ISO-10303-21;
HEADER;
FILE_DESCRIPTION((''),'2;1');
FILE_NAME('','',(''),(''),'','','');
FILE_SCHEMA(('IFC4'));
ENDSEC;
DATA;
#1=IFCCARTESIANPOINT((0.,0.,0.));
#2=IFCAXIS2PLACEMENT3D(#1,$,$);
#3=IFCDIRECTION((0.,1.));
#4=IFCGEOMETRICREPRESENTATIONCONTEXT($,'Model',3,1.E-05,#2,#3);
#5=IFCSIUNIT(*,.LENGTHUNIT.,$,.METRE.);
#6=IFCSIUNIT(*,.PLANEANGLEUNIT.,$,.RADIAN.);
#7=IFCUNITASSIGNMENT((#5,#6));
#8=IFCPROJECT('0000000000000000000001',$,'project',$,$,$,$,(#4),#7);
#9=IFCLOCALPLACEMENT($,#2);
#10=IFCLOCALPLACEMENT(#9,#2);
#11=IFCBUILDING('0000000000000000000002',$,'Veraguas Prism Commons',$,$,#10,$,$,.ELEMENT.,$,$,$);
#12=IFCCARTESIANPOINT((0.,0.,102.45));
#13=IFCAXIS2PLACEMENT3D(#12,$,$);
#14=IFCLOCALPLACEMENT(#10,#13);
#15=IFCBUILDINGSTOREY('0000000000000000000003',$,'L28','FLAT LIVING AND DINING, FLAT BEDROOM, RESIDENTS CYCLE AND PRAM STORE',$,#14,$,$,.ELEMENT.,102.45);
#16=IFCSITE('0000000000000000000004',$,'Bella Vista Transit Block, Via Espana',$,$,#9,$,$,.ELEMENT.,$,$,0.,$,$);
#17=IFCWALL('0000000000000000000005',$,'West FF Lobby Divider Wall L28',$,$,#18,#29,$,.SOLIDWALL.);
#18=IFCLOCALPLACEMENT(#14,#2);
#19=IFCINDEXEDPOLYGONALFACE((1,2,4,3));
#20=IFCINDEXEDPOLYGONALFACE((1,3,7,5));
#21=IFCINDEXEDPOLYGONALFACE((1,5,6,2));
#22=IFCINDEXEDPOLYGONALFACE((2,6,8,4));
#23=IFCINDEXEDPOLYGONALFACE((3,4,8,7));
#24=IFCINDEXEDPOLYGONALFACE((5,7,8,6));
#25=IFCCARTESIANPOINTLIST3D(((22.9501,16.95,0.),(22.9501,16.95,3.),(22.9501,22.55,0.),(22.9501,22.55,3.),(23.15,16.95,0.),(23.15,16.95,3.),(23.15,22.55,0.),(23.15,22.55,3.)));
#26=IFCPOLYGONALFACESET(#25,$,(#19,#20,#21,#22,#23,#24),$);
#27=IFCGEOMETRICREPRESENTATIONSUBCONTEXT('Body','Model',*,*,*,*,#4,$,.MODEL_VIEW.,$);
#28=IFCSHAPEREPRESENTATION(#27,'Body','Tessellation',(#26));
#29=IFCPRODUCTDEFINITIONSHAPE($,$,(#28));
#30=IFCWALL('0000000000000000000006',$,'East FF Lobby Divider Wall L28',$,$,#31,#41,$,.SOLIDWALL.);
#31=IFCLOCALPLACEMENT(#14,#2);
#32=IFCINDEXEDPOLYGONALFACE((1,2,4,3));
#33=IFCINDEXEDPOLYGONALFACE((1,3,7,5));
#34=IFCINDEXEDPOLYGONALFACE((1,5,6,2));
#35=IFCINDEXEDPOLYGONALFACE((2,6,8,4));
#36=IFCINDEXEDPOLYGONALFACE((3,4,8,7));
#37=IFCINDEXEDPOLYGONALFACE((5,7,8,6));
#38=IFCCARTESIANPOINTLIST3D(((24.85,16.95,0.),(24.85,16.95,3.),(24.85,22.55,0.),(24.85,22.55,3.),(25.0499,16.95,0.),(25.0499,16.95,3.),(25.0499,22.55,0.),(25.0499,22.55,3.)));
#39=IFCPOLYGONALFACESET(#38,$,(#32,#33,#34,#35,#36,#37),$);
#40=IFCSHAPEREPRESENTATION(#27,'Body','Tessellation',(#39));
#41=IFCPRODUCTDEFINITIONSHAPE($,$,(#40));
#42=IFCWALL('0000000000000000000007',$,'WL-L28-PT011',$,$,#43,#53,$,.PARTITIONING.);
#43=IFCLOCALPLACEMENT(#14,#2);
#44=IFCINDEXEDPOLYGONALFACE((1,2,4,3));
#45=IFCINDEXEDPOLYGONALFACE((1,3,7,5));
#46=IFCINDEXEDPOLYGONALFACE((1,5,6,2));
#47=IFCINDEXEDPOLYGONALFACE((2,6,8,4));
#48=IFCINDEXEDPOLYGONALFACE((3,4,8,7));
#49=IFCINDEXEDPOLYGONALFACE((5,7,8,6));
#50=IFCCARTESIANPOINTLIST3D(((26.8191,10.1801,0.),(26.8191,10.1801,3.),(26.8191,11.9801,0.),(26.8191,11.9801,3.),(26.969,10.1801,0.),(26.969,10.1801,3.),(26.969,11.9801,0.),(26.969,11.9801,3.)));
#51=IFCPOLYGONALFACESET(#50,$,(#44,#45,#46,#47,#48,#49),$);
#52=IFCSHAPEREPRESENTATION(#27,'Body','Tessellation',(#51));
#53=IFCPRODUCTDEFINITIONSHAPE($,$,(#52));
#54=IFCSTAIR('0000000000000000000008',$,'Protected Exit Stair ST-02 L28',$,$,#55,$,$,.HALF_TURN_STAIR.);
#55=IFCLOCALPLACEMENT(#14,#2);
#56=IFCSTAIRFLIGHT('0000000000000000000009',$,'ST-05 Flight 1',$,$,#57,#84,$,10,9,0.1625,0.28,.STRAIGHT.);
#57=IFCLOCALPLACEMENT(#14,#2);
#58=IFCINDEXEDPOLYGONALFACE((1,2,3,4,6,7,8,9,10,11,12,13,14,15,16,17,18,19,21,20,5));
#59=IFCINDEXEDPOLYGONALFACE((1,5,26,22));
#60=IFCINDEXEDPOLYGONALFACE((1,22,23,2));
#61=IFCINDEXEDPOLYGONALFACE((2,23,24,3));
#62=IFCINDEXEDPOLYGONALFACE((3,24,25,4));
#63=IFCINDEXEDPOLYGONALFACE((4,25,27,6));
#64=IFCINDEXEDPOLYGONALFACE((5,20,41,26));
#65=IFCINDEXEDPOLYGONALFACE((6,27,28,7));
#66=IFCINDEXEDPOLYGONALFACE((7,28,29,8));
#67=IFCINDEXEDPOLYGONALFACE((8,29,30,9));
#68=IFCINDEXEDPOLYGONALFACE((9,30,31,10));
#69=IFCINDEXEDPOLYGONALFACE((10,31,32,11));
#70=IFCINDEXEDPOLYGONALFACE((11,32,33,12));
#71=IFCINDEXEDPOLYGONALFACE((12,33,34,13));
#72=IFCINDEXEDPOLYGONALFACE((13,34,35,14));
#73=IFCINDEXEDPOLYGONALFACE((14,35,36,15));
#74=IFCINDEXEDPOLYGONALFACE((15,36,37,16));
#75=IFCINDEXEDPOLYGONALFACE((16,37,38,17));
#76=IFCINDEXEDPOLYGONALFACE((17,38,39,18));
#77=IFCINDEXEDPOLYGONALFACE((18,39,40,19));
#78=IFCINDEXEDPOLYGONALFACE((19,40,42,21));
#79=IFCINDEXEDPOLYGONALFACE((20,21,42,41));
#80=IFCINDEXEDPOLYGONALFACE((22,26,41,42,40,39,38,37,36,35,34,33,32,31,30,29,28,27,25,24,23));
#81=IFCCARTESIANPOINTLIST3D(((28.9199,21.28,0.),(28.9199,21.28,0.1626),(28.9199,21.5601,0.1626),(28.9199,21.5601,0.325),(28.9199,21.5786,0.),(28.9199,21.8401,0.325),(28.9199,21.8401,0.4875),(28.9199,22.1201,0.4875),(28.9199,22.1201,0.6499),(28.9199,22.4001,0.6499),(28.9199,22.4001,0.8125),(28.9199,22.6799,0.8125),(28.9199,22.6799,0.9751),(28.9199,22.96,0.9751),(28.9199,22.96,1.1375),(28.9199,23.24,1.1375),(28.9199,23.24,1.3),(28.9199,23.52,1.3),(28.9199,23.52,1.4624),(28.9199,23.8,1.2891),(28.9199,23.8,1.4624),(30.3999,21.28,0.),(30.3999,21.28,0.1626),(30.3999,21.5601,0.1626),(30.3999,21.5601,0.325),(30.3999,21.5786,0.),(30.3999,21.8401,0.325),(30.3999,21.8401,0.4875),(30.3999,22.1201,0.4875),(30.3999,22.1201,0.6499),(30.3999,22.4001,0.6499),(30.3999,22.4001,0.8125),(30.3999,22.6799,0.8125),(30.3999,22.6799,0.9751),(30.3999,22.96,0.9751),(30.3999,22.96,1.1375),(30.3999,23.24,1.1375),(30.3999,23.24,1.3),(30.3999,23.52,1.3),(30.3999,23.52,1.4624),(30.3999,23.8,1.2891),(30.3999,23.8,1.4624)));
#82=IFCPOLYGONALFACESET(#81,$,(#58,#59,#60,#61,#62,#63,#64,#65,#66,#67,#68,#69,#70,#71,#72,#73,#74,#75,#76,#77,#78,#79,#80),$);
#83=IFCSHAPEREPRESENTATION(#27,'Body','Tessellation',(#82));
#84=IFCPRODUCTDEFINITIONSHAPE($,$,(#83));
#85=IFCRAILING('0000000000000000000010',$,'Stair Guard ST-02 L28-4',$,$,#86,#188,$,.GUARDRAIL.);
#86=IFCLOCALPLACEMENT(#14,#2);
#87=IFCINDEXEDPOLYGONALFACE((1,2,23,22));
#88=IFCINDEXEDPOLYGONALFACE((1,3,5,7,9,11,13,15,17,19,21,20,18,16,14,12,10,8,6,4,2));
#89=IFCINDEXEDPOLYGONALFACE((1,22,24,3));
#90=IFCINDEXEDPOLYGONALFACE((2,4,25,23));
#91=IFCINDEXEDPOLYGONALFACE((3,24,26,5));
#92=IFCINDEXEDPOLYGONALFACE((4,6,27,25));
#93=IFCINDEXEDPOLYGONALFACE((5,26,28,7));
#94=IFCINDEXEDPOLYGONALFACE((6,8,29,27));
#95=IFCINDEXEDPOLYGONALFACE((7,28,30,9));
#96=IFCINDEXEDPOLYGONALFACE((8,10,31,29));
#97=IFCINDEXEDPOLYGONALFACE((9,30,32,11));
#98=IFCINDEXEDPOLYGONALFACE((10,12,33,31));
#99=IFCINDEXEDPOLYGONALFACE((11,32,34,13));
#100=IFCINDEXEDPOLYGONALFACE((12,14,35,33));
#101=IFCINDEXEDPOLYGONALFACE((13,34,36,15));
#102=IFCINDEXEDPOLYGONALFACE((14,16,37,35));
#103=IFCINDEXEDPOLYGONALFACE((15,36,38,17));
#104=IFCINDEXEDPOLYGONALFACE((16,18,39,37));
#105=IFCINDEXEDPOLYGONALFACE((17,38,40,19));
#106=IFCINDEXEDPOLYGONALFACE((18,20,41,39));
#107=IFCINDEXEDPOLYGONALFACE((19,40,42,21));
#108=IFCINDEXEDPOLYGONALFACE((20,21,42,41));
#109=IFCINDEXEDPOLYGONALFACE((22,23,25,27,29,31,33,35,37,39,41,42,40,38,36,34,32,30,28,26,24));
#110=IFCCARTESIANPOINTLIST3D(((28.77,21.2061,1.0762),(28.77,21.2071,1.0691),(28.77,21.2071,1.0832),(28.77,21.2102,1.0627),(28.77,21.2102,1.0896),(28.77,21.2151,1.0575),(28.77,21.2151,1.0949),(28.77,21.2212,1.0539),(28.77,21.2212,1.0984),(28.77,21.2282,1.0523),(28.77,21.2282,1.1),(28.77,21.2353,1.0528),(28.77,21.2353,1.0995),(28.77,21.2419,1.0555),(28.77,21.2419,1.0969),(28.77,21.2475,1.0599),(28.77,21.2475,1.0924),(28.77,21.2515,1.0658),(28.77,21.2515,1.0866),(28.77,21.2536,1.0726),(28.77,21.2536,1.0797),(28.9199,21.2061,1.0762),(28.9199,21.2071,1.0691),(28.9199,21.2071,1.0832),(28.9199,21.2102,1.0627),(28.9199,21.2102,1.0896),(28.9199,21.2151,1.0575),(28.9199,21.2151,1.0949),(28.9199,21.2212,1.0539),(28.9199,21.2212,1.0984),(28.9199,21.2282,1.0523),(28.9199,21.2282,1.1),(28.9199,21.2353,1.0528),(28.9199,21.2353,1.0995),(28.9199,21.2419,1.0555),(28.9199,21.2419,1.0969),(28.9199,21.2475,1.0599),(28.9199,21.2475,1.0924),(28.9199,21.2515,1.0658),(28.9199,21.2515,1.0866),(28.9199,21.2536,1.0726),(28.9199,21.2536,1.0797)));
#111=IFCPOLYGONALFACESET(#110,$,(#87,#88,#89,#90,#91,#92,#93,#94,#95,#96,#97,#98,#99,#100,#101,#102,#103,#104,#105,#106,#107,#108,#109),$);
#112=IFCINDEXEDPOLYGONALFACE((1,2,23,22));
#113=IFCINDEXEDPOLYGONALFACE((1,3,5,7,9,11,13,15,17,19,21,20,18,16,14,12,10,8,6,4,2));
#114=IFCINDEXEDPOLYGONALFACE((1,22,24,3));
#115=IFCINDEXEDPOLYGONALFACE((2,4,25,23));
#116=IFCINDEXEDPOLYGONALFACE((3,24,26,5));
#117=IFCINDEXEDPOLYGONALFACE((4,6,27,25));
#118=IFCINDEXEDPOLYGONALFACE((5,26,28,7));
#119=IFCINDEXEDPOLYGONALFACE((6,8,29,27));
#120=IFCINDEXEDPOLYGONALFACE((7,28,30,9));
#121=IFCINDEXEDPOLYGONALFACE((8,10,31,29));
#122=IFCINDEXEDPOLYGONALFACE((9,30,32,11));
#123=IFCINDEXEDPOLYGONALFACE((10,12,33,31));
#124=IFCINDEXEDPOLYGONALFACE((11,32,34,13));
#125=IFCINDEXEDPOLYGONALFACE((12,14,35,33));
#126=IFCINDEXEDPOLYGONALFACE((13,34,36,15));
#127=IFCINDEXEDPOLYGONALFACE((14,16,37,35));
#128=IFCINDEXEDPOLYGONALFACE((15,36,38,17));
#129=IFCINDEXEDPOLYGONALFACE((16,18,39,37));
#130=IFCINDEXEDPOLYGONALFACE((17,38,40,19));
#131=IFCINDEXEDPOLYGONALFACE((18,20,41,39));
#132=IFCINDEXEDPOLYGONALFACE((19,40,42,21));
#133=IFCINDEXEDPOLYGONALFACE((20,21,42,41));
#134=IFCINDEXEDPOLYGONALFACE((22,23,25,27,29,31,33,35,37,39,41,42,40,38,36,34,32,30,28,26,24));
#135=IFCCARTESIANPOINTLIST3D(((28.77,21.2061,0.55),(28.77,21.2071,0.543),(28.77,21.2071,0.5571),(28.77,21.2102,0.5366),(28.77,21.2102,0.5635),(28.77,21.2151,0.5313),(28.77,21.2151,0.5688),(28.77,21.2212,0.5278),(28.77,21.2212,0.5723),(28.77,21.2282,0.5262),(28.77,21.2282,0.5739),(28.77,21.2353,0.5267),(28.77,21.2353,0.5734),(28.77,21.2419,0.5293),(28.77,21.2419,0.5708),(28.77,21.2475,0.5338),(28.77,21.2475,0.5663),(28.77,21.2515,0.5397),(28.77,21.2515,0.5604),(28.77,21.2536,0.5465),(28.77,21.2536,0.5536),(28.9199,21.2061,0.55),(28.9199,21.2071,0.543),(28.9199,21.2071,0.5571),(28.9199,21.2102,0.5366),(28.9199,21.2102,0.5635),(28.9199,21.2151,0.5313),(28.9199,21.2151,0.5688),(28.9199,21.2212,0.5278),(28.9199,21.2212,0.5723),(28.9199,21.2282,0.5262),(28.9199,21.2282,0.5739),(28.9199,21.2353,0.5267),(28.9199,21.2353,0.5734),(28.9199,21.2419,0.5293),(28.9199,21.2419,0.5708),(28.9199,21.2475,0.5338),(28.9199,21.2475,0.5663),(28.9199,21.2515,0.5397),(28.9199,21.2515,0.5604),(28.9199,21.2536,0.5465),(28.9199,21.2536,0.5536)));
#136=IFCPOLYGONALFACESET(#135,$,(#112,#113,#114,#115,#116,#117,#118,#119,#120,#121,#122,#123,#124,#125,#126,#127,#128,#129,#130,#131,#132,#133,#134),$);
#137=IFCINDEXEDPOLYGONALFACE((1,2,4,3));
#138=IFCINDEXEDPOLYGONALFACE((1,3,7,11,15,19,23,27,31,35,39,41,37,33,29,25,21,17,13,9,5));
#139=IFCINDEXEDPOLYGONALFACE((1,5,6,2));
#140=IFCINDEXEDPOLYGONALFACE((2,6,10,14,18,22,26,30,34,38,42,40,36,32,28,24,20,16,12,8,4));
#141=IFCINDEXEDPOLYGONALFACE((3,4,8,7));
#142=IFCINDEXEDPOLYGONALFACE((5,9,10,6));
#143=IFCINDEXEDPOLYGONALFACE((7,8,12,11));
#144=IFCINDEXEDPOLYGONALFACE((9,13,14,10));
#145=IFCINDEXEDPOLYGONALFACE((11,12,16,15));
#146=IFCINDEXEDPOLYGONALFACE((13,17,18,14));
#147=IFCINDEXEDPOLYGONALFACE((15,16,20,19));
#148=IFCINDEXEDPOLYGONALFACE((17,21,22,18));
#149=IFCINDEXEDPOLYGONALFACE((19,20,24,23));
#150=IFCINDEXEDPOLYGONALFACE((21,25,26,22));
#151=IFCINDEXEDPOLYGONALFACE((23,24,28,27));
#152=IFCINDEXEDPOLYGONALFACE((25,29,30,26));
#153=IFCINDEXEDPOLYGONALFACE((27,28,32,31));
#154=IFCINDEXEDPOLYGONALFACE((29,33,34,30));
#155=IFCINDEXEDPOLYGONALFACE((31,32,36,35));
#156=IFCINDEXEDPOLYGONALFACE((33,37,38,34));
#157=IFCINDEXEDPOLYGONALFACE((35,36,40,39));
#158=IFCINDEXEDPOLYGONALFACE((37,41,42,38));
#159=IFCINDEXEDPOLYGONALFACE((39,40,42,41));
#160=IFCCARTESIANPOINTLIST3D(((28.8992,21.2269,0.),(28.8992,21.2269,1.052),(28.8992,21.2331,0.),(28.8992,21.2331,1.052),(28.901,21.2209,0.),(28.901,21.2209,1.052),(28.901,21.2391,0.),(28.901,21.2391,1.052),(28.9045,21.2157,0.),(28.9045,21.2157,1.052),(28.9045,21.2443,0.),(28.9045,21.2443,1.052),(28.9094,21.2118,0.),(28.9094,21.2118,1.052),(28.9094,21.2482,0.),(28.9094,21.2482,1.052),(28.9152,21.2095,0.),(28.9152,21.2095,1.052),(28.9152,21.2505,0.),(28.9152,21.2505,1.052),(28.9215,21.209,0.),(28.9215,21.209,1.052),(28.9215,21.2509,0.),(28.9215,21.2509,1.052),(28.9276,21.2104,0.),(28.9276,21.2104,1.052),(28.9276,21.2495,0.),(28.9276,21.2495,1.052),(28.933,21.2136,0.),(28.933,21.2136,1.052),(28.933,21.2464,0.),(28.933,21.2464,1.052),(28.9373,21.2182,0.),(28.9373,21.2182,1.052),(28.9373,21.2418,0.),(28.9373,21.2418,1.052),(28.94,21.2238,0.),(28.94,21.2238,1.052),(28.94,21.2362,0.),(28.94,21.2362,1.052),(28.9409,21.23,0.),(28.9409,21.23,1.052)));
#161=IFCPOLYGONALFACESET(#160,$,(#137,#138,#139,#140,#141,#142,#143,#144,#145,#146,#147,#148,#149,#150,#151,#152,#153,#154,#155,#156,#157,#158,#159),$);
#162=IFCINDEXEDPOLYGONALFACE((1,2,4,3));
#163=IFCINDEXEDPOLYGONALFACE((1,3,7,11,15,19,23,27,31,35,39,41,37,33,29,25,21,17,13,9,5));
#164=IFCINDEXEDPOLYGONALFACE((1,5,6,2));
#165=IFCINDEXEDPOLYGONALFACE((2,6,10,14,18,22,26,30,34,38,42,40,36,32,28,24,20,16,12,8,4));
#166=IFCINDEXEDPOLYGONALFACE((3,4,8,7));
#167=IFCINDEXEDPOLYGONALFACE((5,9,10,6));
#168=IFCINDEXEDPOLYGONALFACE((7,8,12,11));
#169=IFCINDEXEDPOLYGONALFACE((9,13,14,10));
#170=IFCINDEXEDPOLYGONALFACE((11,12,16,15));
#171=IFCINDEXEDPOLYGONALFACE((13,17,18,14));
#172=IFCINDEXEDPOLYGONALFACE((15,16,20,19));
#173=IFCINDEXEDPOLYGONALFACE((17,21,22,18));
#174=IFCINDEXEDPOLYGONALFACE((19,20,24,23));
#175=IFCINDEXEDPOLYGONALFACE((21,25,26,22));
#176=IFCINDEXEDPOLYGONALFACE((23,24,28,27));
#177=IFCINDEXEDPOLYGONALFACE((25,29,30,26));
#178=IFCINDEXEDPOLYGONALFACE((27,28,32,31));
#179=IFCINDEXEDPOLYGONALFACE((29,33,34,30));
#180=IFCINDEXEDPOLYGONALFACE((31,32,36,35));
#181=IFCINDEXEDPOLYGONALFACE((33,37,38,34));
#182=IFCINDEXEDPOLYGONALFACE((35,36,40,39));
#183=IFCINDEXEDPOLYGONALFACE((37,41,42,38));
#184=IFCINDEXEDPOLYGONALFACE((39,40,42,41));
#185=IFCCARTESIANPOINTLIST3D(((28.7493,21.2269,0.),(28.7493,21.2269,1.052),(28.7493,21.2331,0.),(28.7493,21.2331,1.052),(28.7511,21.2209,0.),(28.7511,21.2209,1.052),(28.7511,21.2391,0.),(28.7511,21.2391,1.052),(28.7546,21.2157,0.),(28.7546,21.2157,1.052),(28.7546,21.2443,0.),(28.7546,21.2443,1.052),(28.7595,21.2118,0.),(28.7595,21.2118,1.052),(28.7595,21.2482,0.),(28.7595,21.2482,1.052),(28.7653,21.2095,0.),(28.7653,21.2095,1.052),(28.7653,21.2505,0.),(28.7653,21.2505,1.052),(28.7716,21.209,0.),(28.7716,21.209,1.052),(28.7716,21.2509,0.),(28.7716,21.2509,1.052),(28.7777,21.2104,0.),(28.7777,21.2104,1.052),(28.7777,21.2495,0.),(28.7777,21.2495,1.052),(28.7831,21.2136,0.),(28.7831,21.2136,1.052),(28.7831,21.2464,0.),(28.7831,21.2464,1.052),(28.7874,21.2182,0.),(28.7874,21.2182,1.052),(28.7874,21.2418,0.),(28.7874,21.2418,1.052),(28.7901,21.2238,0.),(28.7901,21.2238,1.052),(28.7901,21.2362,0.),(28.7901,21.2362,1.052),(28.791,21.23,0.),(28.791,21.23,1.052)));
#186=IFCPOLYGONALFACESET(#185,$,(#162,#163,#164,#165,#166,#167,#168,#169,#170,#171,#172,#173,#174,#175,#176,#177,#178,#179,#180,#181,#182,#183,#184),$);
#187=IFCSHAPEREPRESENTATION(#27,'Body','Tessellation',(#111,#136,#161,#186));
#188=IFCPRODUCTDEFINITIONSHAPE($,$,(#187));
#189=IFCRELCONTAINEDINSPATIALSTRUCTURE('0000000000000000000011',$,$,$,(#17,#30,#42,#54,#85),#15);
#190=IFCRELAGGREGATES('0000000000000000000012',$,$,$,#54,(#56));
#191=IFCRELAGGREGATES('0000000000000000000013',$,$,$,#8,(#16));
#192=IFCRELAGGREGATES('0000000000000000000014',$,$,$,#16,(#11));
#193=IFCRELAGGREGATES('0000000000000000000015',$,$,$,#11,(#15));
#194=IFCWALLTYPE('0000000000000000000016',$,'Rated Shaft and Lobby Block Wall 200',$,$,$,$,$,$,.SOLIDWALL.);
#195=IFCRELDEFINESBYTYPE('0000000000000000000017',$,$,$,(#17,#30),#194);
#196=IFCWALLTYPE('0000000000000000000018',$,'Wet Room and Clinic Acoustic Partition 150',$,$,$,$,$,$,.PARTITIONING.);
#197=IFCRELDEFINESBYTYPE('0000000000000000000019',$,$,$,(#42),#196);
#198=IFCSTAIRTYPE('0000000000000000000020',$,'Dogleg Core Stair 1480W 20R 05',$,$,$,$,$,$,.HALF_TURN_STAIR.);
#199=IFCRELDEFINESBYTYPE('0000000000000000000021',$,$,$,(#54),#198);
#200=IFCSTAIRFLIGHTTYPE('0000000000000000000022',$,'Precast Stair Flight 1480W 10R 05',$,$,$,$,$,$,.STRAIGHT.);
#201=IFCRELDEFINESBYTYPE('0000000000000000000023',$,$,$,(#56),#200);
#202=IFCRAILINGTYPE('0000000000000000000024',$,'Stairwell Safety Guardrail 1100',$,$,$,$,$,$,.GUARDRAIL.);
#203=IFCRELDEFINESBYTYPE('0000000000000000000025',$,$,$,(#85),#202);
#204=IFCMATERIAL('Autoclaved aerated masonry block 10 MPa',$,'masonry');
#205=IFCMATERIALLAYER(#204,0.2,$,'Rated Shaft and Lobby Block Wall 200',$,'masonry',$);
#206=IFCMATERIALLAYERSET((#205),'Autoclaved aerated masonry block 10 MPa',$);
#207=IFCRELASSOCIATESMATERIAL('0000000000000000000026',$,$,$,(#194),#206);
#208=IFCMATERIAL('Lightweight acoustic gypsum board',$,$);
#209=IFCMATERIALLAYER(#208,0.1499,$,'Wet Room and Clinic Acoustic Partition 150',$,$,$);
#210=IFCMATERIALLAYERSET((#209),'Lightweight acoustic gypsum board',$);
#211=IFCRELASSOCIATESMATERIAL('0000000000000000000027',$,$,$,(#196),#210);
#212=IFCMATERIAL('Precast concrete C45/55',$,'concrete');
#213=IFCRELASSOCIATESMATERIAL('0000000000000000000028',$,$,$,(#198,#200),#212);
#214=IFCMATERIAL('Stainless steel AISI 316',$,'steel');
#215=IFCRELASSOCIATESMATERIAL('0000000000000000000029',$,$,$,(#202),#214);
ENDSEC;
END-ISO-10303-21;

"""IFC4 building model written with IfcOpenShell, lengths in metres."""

from ifc_helpers import new_model, si_unit, direction, frame, frame_2d, origin, origin_2d, place, context, subcontext, project, spatial, polyline, rectangle, circle, outline, extrude, material, layer, layer_set, type_object, element, aggregate, save


model = new_model("IFC4")

# Units and contexts
model_context = context("Model", 3, precision=1e-05, world=origin(), true_north=direction((0.0, 1.0)))
body_context = subcontext(model_context, "Body", "Model", "MODEL_VIEW")
ifc_project = project(units=[si_unit("LENGTHUNIT", "METRE"), si_unit("PLANEANGLEUNIT", "RADIAN")], contexts=[model_context])

# Site, building, storey
site_placement = place(None, origin())
site = spatial("IfcSite", under=ifc_project, at=site_placement, Name="Bella Vista Transit Block, Via Espana", CompositionType="ELEMENT", RefElevation=0.0)
building_placement = place(site_placement, origin())
building = spatial("IfcBuilding", under=site, at=building_placement, Name="Veraguas Prism Commons", CompositionType="ELEMENT")
storey_placement = place(building_placement, frame((0.0, 0.0, 102.45)))
storey = spatial("IfcBuildingStorey", under=building, at=storey_placement, Name="L28", Description="FLAT LIVING AND DINING, FLAT BEDROOM, RESIDENTS CYCLE AND PRAM STORE", CompositionType="ELEMENT", Elevation=102.45)

# Shared definitions
ifc_material_1 = material(Name="Autoclaved aerated masonry block 10 MPa", Category="masonry")

# Shared definitions
ifc_material_2 = material(Name="Lightweight acoustic gypsum board")
ifc_layer_1 = layer(ifc_material_1, 0.2, Name="Rated Shaft and Lobby Block Wall 200", Category="masonry")
ifc_layer_set_1 = layer_set([ifc_layer_1], Name="Autoclaved aerated masonry block 10 MPa")
wall_type_1 = type_object("IfcWallType", Name="Rated Shaft and Lobby Block Wall 200", PredefinedType="SOLIDWALL", material=ifc_layer_set_1)
ifc_material_3 = material(Name="Stainless steel AISI 316", Category="steel")

# Walls
for number, where, z_axis, x_axis, name in (
    (1, (23.05, 16.95, 0.0), (0.0, 0.0, 1.0), (0.0, 1.0, 0.0), "West FF Lobby Divider Wall L28"),
    (2, (24.95, 16.95, 0.0), (0.0, 0.0, 1.0), (0.0, 1.0, 0.0), "East FF Lobby Divider Wall L28"),
):
    element("IfcWall", number, at=place(storey_placement, frame(where, z_axis=z_axis, x_axis=x_axis)), inside=storey, type_object=wall_type_1, Name=name, PredefinedType="SOLIDWALL", context=body_context, shape_type="SweptSolid", body=[
        extrude(rectangle(XDim=5.6001, YDim=0.2, at=frame_2d((2.8, 0.0))), origin(), (0.0, 0.0, 1.0), 3.0),
    ])
ifc_layer_2 = layer(ifc_material_2, 0.1499, Name="Wet Room and Clinic Acoustic Partition 150")
ifc_layer_set_2 = layer_set([ifc_layer_2], Name="Lightweight acoustic gypsum board")
wall_type_2 = type_object("IfcWallType", Name="Wet Room and Clinic Acoustic Partition 150", PredefinedType="PARTITIONING", material=ifc_layer_set_2)
wall_1_placement = place(storey_placement, frame((26.894, 11.98, 0.0), z_axis=(0.0, 0.0, 1.0), x_axis=(0.0, -1.0, 0.0)))
element("IfcWall", 3, at=wall_1_placement, inside=storey, type_object=wall_type_2, Name="WL-L28-PT011", PredefinedType="PARTITIONING", context=body_context, shape_type="SweptSolid", body=[
    extrude(rectangle(XDim=1.8, YDim=0.1499, at=frame_2d((0.8999, 0.0))), origin(), (0.0, 0.0, 1.0), 3.0),
])

# Stair, stair flight
ifc_material_4 = material(Name="Precast concrete C45/55", Category="concrete")
stair_type = type_object("IfcStairType", Name="Dogleg Core Stair 1480W 20R 05", PredefinedType="HALF_TURN_STAIR", material=ifc_material_4)
stair_placement = place(storey_placement, origin())
stair = element("IfcStair", 4, at=stair_placement, inside=storey, type_object=stair_type, Name="Protected Exit Stair ST-02 L28", PredefinedType="HALF_TURN_STAIR")
stair_flight_type = type_object("IfcStairFlightType", Name="Precast Stair Flight 1480W 10R 05", PredefinedType="STRAIGHT", material=ifc_material_4)
stair_flight_placement = place(storey_placement, frame((29.6599, 21.28, 0.0), z_axis=(0.0, 0.0, 1.0), x_axis=(0.0, 1.0, 0.0)))
stair_flight = element("IfcStairFlight", 5, at=stair_flight_placement, type_object=stair_flight_type, Name="ST-05 Flight 1", NumberOfRisers=10, NumberOfTreads=9, PredefinedType="STRAIGHT", RiserHeight=0.1625, TreadLength=0.28, context=body_context, shape_type="SweptSolid", body=[
    extrude(outline(polyline([(0.0, 0.0), (0.0, 0.1626), (0.28, 0.1626), (0.28, 0.325), (0.5601, 0.325), (0.5601, 0.4875), (0.8401, 0.4875), (0.8401, 0.6499), (1.1201, 0.6499), (1.1201, 0.8125), (1.3999, 0.8125), (1.3999, 0.9751), (1.6799, 0.9751), (1.6799, 1.1375), (1.96, 1.1375), (1.96, 1.3), (2.24, 1.3), (2.24, 1.4624), (2.52, 1.4624), (2.52, 1.625), (2.52, 1.2891), (0.2986, 0.0), (0.0, 0.0)])), frame((0.0, 0.74, 0.0), z_axis=(0.0, -1.0, 0.0), x_axis=(1.0, 0.0, 0.0)), (0.0, 0.0, 1.0), 1.48),
])
aggregate(stair, [stair_flight])

# Railing
railing_type = type_object("IfcRailingType", Name="Stairwell Safety Guardrail 1100", PredefinedType="GUARDRAIL", material=ifc_material_3)
railing_placement = place(storey_placement, frame((28.9199, 21.23, 0.0)))
element("IfcRailing", 6, at=railing_placement, inside=storey, type_object=railing_type, Name="Stair Guard ST-02 L28-4", PredefinedType="GUARDRAIL", context=body_context, shape_type="SweptSolid", body=[
    extrude(circle(Radius=0.0239, at=origin_2d()), frame((0.0, 0.0, 1.0762), z_axis=(-1.0, 0.0, 0.0), x_axis=(0.0, -1.0, 0.0)), (0.0, 0.0, 1.0), 0.1499),
    extrude(circle(Radius=0.0239, at=origin_2d()), frame((0.0, 0.0, 0.55), z_axis=(-1.0, 0.0, 0.0), x_axis=(0.0, -1.0, 0.0)), (0.0, 0.0, 1.0), 0.1499),
    extrude(circle(Radius=0.021, at=origin_2d()), origin(), (0.0, 0.0, 1.0), 1.052),
    extrude(circle(Radius=0.021, at=origin_2d()), frame((-0.1499, 0.0, 0.0)), (0.0, 0.0, 1.0), 1.052),
])

save(model, "model.ifc")
